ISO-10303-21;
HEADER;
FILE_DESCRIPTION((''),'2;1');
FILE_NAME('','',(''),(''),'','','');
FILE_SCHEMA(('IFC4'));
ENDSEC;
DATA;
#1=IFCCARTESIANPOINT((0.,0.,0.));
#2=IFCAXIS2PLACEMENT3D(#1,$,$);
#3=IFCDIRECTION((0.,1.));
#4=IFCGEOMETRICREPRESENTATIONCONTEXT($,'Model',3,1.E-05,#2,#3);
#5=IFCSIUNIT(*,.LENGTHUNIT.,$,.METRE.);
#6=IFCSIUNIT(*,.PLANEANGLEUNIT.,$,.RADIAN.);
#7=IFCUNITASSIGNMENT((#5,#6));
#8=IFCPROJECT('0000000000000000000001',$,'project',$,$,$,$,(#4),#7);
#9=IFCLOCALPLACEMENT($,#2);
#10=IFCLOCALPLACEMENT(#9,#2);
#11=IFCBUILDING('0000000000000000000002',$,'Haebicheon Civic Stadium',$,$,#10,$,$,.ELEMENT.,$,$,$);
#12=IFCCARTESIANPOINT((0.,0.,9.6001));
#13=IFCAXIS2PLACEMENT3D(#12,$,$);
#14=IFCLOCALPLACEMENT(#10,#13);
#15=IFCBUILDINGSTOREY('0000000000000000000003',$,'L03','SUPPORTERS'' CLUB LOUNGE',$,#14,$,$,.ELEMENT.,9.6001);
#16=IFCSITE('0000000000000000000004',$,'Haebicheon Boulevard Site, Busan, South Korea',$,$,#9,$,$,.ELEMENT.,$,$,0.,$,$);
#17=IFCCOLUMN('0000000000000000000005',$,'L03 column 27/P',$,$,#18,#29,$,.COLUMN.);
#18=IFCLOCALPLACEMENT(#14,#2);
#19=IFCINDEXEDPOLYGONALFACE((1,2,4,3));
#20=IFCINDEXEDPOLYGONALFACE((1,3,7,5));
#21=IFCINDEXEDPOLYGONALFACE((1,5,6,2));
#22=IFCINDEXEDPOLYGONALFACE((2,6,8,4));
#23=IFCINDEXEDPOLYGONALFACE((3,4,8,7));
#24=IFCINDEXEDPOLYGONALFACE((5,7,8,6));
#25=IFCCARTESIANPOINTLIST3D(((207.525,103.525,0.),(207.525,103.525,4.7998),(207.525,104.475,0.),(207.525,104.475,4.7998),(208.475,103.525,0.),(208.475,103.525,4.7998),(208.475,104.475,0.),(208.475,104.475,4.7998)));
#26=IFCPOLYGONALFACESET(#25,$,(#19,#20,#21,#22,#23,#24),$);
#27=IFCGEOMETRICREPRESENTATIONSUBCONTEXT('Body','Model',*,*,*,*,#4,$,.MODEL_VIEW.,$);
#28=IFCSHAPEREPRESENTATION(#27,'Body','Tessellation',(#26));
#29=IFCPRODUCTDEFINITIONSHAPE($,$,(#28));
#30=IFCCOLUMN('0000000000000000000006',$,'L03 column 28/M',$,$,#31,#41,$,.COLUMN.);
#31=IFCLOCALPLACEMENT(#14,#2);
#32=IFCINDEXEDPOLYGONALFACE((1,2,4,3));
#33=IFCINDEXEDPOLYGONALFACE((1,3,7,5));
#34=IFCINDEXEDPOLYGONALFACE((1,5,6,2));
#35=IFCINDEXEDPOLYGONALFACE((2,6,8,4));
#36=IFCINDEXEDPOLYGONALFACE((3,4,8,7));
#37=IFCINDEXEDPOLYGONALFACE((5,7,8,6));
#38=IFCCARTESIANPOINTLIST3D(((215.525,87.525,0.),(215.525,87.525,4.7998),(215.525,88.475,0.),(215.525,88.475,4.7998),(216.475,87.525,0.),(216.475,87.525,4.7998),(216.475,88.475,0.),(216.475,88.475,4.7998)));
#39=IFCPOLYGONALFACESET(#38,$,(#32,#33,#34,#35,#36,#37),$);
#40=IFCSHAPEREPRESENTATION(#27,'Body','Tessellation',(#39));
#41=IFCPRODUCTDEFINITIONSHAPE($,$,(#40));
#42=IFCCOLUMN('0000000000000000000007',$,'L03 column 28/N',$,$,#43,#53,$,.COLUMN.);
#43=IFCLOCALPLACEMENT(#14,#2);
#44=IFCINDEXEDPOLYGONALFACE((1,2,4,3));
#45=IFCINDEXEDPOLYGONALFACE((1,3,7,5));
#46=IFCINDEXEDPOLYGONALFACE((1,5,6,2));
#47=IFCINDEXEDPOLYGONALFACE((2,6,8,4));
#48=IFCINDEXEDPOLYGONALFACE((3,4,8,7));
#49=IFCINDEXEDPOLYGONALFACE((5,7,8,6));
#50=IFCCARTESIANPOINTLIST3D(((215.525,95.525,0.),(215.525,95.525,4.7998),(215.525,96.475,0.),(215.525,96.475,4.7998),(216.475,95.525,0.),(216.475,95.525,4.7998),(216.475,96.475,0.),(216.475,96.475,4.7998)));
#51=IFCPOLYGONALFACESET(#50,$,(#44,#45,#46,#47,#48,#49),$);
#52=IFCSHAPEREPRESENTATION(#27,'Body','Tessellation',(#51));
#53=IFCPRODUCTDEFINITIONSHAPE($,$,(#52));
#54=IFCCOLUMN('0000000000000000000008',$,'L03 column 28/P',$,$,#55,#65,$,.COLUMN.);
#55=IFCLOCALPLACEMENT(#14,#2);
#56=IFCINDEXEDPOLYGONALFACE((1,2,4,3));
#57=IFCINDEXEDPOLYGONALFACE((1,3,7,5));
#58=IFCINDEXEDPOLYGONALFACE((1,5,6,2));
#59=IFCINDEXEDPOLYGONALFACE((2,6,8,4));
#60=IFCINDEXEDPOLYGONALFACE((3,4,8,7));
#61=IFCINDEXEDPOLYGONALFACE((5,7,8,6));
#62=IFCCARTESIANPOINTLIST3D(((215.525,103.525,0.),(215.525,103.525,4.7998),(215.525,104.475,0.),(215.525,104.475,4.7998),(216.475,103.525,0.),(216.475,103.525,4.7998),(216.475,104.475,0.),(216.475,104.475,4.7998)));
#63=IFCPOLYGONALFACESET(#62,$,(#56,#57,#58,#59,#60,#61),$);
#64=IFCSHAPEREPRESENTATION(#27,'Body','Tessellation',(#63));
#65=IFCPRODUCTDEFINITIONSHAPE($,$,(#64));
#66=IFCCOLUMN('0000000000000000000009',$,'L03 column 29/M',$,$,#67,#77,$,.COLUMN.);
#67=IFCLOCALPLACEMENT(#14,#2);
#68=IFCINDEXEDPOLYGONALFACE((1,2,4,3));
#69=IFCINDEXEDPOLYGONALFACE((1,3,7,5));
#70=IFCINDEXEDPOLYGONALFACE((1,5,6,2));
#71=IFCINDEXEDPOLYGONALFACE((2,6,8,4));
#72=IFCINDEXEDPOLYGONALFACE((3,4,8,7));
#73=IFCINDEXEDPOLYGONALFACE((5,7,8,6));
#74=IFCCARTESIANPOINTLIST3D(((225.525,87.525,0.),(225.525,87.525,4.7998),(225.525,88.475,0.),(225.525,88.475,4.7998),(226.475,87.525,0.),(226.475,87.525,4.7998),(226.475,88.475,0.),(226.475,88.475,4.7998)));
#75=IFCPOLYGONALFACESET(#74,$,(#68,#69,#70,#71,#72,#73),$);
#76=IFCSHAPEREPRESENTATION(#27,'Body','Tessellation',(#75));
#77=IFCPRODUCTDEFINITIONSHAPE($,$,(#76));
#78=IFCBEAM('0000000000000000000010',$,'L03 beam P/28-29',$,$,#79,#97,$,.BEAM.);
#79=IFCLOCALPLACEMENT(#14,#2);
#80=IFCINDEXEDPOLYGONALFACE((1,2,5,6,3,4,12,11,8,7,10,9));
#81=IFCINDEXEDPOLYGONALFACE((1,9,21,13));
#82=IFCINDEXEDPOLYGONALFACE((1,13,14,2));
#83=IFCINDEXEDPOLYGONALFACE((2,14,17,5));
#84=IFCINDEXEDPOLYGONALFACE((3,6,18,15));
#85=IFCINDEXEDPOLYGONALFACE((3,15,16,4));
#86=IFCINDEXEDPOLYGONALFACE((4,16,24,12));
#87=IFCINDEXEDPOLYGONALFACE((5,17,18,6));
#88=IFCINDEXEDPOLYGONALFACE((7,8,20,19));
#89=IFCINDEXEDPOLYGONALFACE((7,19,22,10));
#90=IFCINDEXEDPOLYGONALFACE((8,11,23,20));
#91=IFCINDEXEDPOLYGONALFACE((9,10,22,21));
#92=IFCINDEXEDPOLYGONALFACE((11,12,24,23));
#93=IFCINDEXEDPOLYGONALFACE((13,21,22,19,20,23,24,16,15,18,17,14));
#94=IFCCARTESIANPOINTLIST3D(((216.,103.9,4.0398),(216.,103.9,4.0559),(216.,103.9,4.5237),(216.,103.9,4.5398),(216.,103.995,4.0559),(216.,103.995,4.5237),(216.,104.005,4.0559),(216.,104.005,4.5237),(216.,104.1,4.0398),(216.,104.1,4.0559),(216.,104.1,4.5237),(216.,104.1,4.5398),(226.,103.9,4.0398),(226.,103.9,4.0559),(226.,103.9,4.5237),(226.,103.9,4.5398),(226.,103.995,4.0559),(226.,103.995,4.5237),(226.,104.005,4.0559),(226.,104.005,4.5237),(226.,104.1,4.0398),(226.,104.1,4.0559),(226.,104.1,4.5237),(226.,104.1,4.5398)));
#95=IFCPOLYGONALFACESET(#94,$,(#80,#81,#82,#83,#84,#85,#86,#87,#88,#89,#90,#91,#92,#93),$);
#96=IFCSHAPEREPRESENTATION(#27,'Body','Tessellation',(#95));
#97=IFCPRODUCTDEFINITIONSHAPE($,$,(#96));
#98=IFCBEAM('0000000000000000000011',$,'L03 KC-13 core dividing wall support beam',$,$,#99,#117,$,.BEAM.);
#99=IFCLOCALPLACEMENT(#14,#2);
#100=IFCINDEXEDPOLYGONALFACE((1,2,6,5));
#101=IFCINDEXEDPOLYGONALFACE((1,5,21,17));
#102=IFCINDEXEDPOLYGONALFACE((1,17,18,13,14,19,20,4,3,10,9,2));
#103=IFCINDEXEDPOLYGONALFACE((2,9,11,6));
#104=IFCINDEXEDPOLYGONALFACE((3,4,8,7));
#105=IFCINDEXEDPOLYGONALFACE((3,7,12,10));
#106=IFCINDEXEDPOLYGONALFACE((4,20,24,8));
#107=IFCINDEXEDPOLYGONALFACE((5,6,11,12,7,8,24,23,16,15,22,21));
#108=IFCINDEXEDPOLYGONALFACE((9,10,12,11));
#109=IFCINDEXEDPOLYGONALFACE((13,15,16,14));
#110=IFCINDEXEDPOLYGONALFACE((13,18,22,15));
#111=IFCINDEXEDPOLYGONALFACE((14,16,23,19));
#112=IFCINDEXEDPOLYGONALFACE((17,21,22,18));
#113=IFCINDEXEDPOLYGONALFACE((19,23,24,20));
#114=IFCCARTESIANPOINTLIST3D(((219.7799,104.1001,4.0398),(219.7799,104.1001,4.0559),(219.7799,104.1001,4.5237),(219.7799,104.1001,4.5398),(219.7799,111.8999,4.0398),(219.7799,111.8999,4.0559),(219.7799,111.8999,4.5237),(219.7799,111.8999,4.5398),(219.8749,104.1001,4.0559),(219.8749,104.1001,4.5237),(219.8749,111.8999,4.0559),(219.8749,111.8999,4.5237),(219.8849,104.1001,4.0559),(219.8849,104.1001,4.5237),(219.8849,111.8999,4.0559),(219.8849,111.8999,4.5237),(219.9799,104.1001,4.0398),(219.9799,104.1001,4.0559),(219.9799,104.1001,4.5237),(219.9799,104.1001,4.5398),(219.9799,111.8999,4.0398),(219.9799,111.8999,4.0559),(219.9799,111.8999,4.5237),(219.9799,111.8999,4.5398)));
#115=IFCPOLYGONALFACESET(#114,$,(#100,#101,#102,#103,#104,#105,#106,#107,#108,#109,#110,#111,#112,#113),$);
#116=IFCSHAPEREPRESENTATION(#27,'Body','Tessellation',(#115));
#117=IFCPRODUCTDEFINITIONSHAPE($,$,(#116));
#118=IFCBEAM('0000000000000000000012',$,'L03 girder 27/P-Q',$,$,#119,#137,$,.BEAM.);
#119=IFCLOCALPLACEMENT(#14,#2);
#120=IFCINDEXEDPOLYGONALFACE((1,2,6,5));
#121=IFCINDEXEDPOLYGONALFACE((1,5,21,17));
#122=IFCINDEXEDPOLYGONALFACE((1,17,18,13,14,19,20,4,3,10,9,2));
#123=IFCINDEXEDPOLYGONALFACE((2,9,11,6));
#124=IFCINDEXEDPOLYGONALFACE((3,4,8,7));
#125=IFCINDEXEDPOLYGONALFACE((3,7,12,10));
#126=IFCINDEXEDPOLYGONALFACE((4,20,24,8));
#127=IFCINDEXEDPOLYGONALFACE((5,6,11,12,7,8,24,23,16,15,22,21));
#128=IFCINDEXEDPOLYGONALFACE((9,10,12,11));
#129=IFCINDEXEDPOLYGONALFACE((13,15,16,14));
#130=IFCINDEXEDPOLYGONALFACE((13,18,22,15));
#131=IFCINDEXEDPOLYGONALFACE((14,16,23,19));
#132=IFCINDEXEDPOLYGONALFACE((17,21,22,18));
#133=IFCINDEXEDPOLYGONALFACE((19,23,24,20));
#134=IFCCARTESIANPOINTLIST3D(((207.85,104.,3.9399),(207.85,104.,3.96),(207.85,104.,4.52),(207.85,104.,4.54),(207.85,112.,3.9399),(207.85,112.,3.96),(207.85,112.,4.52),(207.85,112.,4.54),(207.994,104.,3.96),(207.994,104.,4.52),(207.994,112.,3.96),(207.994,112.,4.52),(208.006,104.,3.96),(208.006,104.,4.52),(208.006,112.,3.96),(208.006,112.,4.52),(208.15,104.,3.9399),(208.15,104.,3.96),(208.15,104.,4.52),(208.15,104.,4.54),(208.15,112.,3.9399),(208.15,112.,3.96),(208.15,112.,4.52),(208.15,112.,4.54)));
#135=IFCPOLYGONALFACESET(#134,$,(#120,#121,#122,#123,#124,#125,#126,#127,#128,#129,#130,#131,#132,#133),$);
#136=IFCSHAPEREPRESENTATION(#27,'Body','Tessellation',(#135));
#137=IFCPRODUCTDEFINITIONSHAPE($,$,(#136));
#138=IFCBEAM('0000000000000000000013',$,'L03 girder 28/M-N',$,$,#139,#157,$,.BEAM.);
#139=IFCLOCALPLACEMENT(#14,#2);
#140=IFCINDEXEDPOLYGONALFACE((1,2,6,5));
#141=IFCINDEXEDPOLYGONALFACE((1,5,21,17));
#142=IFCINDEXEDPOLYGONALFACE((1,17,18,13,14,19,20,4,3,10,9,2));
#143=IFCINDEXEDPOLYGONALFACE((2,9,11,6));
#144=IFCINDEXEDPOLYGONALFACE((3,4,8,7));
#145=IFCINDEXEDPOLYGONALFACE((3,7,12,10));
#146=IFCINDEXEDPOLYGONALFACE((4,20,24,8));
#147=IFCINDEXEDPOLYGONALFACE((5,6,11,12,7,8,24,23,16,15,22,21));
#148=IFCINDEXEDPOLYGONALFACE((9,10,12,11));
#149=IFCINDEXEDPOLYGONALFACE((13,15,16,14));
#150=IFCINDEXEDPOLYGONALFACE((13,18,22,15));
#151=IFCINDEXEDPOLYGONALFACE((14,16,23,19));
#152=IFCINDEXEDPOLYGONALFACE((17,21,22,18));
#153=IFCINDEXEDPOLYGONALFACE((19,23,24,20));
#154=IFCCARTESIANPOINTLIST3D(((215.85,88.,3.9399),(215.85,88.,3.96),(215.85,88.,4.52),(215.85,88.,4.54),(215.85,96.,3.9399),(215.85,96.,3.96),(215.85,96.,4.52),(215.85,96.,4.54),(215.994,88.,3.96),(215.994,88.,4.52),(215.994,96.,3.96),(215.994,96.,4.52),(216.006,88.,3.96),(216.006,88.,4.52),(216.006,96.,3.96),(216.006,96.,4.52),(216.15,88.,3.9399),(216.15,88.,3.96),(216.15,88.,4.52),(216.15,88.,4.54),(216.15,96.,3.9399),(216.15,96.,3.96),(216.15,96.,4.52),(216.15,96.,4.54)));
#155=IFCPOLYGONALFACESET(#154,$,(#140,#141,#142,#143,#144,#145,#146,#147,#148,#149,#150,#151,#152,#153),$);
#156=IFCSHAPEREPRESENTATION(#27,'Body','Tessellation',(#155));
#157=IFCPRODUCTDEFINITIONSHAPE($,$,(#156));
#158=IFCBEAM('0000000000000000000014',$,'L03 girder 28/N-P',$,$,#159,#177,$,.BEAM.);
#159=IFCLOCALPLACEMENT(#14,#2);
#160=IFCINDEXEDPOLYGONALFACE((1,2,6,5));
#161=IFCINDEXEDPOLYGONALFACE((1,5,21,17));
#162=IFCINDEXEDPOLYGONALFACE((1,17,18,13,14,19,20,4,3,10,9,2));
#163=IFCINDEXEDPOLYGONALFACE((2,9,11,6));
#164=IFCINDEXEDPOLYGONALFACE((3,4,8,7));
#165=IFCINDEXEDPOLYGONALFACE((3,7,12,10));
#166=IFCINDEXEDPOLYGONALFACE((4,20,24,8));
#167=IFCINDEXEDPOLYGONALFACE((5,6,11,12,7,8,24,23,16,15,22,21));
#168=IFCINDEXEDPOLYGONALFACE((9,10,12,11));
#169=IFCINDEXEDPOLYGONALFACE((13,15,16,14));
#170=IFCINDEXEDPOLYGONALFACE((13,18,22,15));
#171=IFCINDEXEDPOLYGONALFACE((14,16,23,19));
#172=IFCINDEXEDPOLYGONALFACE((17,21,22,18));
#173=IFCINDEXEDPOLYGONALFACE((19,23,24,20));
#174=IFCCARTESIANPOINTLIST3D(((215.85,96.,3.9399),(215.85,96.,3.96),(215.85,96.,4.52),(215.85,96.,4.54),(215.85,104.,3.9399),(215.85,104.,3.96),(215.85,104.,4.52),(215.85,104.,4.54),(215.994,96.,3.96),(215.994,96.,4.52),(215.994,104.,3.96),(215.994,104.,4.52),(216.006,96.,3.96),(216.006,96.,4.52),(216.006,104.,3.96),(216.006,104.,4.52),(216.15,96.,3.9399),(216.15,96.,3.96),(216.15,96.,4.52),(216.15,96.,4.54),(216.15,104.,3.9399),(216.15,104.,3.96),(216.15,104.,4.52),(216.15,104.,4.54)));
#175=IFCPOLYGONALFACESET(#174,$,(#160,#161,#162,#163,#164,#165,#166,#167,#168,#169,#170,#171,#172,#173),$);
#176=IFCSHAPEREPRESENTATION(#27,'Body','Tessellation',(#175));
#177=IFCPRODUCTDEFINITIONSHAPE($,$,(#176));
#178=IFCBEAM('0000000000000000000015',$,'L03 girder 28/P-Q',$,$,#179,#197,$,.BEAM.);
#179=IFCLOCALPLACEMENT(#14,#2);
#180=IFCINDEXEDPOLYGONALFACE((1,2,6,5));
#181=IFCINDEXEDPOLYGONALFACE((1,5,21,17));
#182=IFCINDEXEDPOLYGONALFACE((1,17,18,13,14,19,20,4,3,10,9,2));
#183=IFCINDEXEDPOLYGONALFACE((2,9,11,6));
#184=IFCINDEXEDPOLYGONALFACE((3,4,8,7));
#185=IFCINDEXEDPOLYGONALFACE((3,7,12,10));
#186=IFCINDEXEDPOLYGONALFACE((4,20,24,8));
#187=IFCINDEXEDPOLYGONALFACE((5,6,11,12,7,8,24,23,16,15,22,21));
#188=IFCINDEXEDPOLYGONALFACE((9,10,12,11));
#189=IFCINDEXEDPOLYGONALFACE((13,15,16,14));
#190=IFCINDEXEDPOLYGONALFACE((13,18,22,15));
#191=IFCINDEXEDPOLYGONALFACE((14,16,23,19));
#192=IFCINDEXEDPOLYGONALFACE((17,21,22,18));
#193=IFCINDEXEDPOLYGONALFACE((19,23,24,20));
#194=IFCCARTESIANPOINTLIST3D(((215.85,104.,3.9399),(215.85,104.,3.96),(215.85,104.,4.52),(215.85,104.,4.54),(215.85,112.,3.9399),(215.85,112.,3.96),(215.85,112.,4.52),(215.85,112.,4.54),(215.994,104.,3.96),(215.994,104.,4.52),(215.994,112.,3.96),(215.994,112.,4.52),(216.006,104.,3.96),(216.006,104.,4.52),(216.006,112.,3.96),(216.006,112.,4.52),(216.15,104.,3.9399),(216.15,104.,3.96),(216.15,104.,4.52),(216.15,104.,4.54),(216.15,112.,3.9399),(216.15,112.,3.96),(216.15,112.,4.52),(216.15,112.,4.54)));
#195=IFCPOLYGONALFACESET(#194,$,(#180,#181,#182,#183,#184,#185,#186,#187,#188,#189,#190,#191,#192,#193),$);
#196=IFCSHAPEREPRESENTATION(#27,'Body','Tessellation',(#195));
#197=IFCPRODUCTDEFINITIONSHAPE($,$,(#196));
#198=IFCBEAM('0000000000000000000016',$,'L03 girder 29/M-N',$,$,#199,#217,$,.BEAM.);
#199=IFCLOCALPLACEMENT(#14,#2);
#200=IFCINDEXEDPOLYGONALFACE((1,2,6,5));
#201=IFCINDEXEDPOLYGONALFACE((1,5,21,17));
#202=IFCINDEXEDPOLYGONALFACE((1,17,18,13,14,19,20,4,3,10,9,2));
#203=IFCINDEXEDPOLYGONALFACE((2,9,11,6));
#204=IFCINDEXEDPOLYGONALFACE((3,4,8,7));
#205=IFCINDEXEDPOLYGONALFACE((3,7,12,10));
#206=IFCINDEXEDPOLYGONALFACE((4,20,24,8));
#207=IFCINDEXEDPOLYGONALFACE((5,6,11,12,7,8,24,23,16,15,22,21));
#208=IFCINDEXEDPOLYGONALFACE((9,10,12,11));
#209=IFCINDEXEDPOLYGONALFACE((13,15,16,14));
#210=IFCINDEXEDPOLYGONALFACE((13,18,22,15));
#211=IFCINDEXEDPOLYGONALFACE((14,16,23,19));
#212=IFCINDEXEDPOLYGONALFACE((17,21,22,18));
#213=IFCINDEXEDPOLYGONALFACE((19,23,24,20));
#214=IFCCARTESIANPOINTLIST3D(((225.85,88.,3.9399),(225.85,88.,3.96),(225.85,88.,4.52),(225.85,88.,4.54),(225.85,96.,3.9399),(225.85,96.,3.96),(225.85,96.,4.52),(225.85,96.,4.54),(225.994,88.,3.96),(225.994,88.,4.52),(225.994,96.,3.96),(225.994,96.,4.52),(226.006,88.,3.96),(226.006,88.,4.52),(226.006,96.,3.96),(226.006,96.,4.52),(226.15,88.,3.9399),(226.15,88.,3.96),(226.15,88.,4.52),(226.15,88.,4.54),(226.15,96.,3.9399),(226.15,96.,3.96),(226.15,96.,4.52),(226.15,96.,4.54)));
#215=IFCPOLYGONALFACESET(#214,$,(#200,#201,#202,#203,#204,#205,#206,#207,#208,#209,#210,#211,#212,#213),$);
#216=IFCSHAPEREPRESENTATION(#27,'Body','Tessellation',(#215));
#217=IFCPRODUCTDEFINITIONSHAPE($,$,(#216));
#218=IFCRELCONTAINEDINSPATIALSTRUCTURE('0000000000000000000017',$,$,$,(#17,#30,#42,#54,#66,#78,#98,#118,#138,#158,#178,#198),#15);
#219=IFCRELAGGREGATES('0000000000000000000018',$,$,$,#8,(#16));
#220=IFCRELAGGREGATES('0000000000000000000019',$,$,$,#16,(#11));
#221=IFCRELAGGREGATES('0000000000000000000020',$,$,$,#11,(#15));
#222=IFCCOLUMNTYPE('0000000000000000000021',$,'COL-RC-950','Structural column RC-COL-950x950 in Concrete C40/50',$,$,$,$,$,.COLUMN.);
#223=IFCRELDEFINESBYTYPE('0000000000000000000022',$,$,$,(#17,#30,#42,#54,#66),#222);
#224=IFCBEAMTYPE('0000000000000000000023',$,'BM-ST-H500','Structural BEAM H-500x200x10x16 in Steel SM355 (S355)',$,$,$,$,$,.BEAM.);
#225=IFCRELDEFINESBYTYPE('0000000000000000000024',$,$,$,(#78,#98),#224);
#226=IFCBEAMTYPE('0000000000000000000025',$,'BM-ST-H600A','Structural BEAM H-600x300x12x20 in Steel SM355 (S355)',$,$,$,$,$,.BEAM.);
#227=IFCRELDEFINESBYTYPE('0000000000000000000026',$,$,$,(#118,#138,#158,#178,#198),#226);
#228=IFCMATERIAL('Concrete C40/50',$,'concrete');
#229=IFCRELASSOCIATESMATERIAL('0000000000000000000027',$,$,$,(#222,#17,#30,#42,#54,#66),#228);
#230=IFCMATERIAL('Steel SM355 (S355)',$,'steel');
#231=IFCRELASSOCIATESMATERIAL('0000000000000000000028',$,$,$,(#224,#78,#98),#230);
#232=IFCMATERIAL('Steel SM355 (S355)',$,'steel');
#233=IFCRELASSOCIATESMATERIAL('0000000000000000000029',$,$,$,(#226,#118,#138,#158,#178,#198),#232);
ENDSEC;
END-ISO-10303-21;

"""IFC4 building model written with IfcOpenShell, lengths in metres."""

from ifc_helpers import new_model, si_unit, direction, frame, origin, origin_2d, place, context, subcontext, project, spatial, rectangle, i_section, extrude, material, material_profile, profile_set, type_object, element, save


model = new_model("IFC4")

# Units and contexts
model_context = context("Model", 3, precision=1e-05, world=origin(), true_north=direction((0.0, 1.0)))
body_context = subcontext(model_context, "Body", "Model", "MODEL_VIEW")
ifc_project = project(units=[si_unit("LENGTHUNIT", "METRE"), si_unit("PLANEANGLEUNIT", "RADIAN")], contexts=[model_context])

# Site, building, storey
site_placement = place(None, origin())
site = spatial("IfcSite", under=ifc_project, at=site_placement, Name="Haebicheon Boulevard Site, Busan, South Korea", CompositionType="ELEMENT", RefElevation=0.0)
building_placement = place(site_placement, origin())
building = spatial("IfcBuilding", under=site, at=building_placement, Name="Haebicheon Civic Stadium", CompositionType="ELEMENT")
storey_placement = place(building_placement, frame((0.0, 0.0, 9.6001)))
storey = spatial("IfcBuildingStorey", under=building, at=storey_placement, Name="L03", Description="SUPPORTERS' CLUB LOUNGE", CompositionType="ELEMENT", Elevation=9.6001)

# Columns
ifc_material_1 = material(Name="Concrete C40/50", Category="concrete")
ifc_material_profile_1 = material_profile(ifc_material_1, rectangle(XDim=0.95, YDim=0.95, at=origin_2d()), Name="RC-COL-950x950")
ifc_profile_set_1 = profile_set([ifc_material_profile_1], Name="Concrete C40/50")
column_type = type_object("IfcColumnType", Name="COL-RC-950", Description="Structural column RC-COL-950x950 in Concrete C40/50", PredefinedType="COLUMN", material=ifc_profile_set_1)
for number, where, z_axis, x_axis, name in (
    (1, (208.0, 104.0, 0.0), (0.0, 0.0, 1.0), (1.0, 0.0, 0.0), "L03 column 27/P"),
    (2, (216.0, 88.0, 0.0), (0.0, 0.0, 1.0), (1.0, 0.0, 0.0), "L03 column 28/M"),
    (3, (216.0, 96.0, 0.0), (0.0, 0.0, 1.0), (1.0, 0.0, 0.0), "L03 column 28/N"),
    (4, (216.0, 104.0, 0.0), (0.0, 0.0, 1.0), (1.0, 0.0, 0.0), "L03 column 28/P"),
    (5, (226.0, 88.0, 0.0), (0.0, 0.0, 1.0), (1.0, 0.0, 0.0), "L03 column 29/M"),
):
    element("IfcColumn", number, at=place(storey_placement, frame(where, z_axis=z_axis, x_axis=x_axis)), inside=storey, type_object=column_type, material=ifc_profile_set_1, Name=name, PredefinedType="COLUMN", context=body_context, shape_type="SweptSolid", body=[
        extrude(rectangle(XDim=0.95, YDim=0.95, at=origin_2d()), origin(), (0.0, 0.0, 1.0), 4.7998),
    ])

# Beams
ifc_material_2 = material(Name="Steel SM355 (S355)", Category="steel")
ifc_material_profile_2 = material_profile(ifc_material_2, i_section(OverallWidth=0.2, OverallDepth=0.5, WebThickness=0.01, FlangeThickness=0.0161, at=origin_2d()), Name="H-500x200x10x16")
ifc_profile_set_2 = profile_set([ifc_material_profile_2], Name="Steel SM355 (S355)")
beam_type_1 = type_object("IfcBeamType", Name="BM-ST-H500", Description="Structural BEAM H-500x200x10x16 in Steel SM355 (S355)", PredefinedType="BEAM", material=ifc_profile_set_2)
beam_1_placement = place(storey_placement, frame((216.0, 104.0, 4.2898), z_axis=(1.0, 0.0, 0.0), x_axis=(0.0, 1.0, 0.0)))
element("IfcBeam", 6, at=beam_1_placement, inside=storey, type_object=beam_type_1, material=ifc_profile_set_2, Name="L03 beam P/28-29", PredefinedType="BEAM", context=body_context, shape_type="SweptSolid", body=[
    extrude(i_section(OverallWidth=0.2, OverallDepth=0.5, WebThickness=0.01, FlangeThickness=0.0161, at=origin_2d()), origin(), (0.0, 0.0, 1.0), 10.0),
])
beam_2_placement = place(storey_placement, frame((219.8799, 104.1001, 4.2898), z_axis=(0.0, 1.0, 0.0), x_axis=(-1.0, 0.0, 0.0)))
element("IfcBeam", 7, at=beam_2_placement, inside=storey, type_object=beam_type_1, material=ifc_profile_set_2, Name="L03 KC-13 core dividing wall support beam", PredefinedType="BEAM", context=body_context, shape_type="SweptSolid", body=[
    extrude(i_section(OverallWidth=0.2, OverallDepth=0.5, WebThickness=0.01, FlangeThickness=0.0161, at=origin_2d()), origin(), (0.0, 0.0, 1.0), 7.7998),
])
ifc_material_3 = material(Name="Steel SM355 (S355)", Category="steel")
ifc_material_profile_3 = material_profile(ifc_material_3, i_section(OverallWidth=0.3, OverallDepth=0.6001, WebThickness=0.012, FlangeThickness=0.02, at=origin_2d()), Name="H-600x300x12x20")
ifc_profile_set_3 = profile_set([ifc_material_profile_3], Name="Steel SM355 (S355)")
beam_type_2 = type_object("IfcBeamType", Name="BM-ST-H600A", Description="Structural BEAM H-600x300x12x20 in Steel SM355 (S355)", PredefinedType="BEAM", material=ifc_profile_set_3)
for number, where, z_axis, x_axis, name in (
    (8, (208.0, 104.0, 4.24), (0.0, 1.0, 0.0), (-1.0, 0.0, 0.0), "L03 girder 27/P-Q"),
    (9, (216.0, 88.0, 4.24), (0.0, 1.0, 0.0), (-1.0, 0.0, 0.0), "L03 girder 28/M-N"),
    (10, (216.0, 96.0, 4.24), (0.0, 1.0, 0.0), (-1.0, 0.0, 0.0), "L03 girder 28/N-P"),
    (11, (216.0, 104.0, 4.24), (0.0, 1.0, 0.0), (-1.0, 0.0, 0.0), "L03 girder 28/P-Q"),
    (12, (226.0, 88.0, 4.24), (0.0, 1.0, 0.0), (-1.0, 0.0, 0.0), "L03 girder 29/M-N"),
):
    element("IfcBeam", number, at=place(storey_placement, frame(where, z_axis=z_axis, x_axis=x_axis)), inside=storey, type_object=beam_type_2, material=ifc_profile_set_3, Name=name, PredefinedType="BEAM", context=body_context, shape_type="SweptSolid", body=[
        extrude(i_section(OverallWidth=0.3, OverallDepth=0.6001, WebThickness=0.012, FlangeThickness=0.02, at=origin_2d()), origin(), (0.0, 0.0, 1.0), 8.0),
    ])

save(model, "model.ifc")
